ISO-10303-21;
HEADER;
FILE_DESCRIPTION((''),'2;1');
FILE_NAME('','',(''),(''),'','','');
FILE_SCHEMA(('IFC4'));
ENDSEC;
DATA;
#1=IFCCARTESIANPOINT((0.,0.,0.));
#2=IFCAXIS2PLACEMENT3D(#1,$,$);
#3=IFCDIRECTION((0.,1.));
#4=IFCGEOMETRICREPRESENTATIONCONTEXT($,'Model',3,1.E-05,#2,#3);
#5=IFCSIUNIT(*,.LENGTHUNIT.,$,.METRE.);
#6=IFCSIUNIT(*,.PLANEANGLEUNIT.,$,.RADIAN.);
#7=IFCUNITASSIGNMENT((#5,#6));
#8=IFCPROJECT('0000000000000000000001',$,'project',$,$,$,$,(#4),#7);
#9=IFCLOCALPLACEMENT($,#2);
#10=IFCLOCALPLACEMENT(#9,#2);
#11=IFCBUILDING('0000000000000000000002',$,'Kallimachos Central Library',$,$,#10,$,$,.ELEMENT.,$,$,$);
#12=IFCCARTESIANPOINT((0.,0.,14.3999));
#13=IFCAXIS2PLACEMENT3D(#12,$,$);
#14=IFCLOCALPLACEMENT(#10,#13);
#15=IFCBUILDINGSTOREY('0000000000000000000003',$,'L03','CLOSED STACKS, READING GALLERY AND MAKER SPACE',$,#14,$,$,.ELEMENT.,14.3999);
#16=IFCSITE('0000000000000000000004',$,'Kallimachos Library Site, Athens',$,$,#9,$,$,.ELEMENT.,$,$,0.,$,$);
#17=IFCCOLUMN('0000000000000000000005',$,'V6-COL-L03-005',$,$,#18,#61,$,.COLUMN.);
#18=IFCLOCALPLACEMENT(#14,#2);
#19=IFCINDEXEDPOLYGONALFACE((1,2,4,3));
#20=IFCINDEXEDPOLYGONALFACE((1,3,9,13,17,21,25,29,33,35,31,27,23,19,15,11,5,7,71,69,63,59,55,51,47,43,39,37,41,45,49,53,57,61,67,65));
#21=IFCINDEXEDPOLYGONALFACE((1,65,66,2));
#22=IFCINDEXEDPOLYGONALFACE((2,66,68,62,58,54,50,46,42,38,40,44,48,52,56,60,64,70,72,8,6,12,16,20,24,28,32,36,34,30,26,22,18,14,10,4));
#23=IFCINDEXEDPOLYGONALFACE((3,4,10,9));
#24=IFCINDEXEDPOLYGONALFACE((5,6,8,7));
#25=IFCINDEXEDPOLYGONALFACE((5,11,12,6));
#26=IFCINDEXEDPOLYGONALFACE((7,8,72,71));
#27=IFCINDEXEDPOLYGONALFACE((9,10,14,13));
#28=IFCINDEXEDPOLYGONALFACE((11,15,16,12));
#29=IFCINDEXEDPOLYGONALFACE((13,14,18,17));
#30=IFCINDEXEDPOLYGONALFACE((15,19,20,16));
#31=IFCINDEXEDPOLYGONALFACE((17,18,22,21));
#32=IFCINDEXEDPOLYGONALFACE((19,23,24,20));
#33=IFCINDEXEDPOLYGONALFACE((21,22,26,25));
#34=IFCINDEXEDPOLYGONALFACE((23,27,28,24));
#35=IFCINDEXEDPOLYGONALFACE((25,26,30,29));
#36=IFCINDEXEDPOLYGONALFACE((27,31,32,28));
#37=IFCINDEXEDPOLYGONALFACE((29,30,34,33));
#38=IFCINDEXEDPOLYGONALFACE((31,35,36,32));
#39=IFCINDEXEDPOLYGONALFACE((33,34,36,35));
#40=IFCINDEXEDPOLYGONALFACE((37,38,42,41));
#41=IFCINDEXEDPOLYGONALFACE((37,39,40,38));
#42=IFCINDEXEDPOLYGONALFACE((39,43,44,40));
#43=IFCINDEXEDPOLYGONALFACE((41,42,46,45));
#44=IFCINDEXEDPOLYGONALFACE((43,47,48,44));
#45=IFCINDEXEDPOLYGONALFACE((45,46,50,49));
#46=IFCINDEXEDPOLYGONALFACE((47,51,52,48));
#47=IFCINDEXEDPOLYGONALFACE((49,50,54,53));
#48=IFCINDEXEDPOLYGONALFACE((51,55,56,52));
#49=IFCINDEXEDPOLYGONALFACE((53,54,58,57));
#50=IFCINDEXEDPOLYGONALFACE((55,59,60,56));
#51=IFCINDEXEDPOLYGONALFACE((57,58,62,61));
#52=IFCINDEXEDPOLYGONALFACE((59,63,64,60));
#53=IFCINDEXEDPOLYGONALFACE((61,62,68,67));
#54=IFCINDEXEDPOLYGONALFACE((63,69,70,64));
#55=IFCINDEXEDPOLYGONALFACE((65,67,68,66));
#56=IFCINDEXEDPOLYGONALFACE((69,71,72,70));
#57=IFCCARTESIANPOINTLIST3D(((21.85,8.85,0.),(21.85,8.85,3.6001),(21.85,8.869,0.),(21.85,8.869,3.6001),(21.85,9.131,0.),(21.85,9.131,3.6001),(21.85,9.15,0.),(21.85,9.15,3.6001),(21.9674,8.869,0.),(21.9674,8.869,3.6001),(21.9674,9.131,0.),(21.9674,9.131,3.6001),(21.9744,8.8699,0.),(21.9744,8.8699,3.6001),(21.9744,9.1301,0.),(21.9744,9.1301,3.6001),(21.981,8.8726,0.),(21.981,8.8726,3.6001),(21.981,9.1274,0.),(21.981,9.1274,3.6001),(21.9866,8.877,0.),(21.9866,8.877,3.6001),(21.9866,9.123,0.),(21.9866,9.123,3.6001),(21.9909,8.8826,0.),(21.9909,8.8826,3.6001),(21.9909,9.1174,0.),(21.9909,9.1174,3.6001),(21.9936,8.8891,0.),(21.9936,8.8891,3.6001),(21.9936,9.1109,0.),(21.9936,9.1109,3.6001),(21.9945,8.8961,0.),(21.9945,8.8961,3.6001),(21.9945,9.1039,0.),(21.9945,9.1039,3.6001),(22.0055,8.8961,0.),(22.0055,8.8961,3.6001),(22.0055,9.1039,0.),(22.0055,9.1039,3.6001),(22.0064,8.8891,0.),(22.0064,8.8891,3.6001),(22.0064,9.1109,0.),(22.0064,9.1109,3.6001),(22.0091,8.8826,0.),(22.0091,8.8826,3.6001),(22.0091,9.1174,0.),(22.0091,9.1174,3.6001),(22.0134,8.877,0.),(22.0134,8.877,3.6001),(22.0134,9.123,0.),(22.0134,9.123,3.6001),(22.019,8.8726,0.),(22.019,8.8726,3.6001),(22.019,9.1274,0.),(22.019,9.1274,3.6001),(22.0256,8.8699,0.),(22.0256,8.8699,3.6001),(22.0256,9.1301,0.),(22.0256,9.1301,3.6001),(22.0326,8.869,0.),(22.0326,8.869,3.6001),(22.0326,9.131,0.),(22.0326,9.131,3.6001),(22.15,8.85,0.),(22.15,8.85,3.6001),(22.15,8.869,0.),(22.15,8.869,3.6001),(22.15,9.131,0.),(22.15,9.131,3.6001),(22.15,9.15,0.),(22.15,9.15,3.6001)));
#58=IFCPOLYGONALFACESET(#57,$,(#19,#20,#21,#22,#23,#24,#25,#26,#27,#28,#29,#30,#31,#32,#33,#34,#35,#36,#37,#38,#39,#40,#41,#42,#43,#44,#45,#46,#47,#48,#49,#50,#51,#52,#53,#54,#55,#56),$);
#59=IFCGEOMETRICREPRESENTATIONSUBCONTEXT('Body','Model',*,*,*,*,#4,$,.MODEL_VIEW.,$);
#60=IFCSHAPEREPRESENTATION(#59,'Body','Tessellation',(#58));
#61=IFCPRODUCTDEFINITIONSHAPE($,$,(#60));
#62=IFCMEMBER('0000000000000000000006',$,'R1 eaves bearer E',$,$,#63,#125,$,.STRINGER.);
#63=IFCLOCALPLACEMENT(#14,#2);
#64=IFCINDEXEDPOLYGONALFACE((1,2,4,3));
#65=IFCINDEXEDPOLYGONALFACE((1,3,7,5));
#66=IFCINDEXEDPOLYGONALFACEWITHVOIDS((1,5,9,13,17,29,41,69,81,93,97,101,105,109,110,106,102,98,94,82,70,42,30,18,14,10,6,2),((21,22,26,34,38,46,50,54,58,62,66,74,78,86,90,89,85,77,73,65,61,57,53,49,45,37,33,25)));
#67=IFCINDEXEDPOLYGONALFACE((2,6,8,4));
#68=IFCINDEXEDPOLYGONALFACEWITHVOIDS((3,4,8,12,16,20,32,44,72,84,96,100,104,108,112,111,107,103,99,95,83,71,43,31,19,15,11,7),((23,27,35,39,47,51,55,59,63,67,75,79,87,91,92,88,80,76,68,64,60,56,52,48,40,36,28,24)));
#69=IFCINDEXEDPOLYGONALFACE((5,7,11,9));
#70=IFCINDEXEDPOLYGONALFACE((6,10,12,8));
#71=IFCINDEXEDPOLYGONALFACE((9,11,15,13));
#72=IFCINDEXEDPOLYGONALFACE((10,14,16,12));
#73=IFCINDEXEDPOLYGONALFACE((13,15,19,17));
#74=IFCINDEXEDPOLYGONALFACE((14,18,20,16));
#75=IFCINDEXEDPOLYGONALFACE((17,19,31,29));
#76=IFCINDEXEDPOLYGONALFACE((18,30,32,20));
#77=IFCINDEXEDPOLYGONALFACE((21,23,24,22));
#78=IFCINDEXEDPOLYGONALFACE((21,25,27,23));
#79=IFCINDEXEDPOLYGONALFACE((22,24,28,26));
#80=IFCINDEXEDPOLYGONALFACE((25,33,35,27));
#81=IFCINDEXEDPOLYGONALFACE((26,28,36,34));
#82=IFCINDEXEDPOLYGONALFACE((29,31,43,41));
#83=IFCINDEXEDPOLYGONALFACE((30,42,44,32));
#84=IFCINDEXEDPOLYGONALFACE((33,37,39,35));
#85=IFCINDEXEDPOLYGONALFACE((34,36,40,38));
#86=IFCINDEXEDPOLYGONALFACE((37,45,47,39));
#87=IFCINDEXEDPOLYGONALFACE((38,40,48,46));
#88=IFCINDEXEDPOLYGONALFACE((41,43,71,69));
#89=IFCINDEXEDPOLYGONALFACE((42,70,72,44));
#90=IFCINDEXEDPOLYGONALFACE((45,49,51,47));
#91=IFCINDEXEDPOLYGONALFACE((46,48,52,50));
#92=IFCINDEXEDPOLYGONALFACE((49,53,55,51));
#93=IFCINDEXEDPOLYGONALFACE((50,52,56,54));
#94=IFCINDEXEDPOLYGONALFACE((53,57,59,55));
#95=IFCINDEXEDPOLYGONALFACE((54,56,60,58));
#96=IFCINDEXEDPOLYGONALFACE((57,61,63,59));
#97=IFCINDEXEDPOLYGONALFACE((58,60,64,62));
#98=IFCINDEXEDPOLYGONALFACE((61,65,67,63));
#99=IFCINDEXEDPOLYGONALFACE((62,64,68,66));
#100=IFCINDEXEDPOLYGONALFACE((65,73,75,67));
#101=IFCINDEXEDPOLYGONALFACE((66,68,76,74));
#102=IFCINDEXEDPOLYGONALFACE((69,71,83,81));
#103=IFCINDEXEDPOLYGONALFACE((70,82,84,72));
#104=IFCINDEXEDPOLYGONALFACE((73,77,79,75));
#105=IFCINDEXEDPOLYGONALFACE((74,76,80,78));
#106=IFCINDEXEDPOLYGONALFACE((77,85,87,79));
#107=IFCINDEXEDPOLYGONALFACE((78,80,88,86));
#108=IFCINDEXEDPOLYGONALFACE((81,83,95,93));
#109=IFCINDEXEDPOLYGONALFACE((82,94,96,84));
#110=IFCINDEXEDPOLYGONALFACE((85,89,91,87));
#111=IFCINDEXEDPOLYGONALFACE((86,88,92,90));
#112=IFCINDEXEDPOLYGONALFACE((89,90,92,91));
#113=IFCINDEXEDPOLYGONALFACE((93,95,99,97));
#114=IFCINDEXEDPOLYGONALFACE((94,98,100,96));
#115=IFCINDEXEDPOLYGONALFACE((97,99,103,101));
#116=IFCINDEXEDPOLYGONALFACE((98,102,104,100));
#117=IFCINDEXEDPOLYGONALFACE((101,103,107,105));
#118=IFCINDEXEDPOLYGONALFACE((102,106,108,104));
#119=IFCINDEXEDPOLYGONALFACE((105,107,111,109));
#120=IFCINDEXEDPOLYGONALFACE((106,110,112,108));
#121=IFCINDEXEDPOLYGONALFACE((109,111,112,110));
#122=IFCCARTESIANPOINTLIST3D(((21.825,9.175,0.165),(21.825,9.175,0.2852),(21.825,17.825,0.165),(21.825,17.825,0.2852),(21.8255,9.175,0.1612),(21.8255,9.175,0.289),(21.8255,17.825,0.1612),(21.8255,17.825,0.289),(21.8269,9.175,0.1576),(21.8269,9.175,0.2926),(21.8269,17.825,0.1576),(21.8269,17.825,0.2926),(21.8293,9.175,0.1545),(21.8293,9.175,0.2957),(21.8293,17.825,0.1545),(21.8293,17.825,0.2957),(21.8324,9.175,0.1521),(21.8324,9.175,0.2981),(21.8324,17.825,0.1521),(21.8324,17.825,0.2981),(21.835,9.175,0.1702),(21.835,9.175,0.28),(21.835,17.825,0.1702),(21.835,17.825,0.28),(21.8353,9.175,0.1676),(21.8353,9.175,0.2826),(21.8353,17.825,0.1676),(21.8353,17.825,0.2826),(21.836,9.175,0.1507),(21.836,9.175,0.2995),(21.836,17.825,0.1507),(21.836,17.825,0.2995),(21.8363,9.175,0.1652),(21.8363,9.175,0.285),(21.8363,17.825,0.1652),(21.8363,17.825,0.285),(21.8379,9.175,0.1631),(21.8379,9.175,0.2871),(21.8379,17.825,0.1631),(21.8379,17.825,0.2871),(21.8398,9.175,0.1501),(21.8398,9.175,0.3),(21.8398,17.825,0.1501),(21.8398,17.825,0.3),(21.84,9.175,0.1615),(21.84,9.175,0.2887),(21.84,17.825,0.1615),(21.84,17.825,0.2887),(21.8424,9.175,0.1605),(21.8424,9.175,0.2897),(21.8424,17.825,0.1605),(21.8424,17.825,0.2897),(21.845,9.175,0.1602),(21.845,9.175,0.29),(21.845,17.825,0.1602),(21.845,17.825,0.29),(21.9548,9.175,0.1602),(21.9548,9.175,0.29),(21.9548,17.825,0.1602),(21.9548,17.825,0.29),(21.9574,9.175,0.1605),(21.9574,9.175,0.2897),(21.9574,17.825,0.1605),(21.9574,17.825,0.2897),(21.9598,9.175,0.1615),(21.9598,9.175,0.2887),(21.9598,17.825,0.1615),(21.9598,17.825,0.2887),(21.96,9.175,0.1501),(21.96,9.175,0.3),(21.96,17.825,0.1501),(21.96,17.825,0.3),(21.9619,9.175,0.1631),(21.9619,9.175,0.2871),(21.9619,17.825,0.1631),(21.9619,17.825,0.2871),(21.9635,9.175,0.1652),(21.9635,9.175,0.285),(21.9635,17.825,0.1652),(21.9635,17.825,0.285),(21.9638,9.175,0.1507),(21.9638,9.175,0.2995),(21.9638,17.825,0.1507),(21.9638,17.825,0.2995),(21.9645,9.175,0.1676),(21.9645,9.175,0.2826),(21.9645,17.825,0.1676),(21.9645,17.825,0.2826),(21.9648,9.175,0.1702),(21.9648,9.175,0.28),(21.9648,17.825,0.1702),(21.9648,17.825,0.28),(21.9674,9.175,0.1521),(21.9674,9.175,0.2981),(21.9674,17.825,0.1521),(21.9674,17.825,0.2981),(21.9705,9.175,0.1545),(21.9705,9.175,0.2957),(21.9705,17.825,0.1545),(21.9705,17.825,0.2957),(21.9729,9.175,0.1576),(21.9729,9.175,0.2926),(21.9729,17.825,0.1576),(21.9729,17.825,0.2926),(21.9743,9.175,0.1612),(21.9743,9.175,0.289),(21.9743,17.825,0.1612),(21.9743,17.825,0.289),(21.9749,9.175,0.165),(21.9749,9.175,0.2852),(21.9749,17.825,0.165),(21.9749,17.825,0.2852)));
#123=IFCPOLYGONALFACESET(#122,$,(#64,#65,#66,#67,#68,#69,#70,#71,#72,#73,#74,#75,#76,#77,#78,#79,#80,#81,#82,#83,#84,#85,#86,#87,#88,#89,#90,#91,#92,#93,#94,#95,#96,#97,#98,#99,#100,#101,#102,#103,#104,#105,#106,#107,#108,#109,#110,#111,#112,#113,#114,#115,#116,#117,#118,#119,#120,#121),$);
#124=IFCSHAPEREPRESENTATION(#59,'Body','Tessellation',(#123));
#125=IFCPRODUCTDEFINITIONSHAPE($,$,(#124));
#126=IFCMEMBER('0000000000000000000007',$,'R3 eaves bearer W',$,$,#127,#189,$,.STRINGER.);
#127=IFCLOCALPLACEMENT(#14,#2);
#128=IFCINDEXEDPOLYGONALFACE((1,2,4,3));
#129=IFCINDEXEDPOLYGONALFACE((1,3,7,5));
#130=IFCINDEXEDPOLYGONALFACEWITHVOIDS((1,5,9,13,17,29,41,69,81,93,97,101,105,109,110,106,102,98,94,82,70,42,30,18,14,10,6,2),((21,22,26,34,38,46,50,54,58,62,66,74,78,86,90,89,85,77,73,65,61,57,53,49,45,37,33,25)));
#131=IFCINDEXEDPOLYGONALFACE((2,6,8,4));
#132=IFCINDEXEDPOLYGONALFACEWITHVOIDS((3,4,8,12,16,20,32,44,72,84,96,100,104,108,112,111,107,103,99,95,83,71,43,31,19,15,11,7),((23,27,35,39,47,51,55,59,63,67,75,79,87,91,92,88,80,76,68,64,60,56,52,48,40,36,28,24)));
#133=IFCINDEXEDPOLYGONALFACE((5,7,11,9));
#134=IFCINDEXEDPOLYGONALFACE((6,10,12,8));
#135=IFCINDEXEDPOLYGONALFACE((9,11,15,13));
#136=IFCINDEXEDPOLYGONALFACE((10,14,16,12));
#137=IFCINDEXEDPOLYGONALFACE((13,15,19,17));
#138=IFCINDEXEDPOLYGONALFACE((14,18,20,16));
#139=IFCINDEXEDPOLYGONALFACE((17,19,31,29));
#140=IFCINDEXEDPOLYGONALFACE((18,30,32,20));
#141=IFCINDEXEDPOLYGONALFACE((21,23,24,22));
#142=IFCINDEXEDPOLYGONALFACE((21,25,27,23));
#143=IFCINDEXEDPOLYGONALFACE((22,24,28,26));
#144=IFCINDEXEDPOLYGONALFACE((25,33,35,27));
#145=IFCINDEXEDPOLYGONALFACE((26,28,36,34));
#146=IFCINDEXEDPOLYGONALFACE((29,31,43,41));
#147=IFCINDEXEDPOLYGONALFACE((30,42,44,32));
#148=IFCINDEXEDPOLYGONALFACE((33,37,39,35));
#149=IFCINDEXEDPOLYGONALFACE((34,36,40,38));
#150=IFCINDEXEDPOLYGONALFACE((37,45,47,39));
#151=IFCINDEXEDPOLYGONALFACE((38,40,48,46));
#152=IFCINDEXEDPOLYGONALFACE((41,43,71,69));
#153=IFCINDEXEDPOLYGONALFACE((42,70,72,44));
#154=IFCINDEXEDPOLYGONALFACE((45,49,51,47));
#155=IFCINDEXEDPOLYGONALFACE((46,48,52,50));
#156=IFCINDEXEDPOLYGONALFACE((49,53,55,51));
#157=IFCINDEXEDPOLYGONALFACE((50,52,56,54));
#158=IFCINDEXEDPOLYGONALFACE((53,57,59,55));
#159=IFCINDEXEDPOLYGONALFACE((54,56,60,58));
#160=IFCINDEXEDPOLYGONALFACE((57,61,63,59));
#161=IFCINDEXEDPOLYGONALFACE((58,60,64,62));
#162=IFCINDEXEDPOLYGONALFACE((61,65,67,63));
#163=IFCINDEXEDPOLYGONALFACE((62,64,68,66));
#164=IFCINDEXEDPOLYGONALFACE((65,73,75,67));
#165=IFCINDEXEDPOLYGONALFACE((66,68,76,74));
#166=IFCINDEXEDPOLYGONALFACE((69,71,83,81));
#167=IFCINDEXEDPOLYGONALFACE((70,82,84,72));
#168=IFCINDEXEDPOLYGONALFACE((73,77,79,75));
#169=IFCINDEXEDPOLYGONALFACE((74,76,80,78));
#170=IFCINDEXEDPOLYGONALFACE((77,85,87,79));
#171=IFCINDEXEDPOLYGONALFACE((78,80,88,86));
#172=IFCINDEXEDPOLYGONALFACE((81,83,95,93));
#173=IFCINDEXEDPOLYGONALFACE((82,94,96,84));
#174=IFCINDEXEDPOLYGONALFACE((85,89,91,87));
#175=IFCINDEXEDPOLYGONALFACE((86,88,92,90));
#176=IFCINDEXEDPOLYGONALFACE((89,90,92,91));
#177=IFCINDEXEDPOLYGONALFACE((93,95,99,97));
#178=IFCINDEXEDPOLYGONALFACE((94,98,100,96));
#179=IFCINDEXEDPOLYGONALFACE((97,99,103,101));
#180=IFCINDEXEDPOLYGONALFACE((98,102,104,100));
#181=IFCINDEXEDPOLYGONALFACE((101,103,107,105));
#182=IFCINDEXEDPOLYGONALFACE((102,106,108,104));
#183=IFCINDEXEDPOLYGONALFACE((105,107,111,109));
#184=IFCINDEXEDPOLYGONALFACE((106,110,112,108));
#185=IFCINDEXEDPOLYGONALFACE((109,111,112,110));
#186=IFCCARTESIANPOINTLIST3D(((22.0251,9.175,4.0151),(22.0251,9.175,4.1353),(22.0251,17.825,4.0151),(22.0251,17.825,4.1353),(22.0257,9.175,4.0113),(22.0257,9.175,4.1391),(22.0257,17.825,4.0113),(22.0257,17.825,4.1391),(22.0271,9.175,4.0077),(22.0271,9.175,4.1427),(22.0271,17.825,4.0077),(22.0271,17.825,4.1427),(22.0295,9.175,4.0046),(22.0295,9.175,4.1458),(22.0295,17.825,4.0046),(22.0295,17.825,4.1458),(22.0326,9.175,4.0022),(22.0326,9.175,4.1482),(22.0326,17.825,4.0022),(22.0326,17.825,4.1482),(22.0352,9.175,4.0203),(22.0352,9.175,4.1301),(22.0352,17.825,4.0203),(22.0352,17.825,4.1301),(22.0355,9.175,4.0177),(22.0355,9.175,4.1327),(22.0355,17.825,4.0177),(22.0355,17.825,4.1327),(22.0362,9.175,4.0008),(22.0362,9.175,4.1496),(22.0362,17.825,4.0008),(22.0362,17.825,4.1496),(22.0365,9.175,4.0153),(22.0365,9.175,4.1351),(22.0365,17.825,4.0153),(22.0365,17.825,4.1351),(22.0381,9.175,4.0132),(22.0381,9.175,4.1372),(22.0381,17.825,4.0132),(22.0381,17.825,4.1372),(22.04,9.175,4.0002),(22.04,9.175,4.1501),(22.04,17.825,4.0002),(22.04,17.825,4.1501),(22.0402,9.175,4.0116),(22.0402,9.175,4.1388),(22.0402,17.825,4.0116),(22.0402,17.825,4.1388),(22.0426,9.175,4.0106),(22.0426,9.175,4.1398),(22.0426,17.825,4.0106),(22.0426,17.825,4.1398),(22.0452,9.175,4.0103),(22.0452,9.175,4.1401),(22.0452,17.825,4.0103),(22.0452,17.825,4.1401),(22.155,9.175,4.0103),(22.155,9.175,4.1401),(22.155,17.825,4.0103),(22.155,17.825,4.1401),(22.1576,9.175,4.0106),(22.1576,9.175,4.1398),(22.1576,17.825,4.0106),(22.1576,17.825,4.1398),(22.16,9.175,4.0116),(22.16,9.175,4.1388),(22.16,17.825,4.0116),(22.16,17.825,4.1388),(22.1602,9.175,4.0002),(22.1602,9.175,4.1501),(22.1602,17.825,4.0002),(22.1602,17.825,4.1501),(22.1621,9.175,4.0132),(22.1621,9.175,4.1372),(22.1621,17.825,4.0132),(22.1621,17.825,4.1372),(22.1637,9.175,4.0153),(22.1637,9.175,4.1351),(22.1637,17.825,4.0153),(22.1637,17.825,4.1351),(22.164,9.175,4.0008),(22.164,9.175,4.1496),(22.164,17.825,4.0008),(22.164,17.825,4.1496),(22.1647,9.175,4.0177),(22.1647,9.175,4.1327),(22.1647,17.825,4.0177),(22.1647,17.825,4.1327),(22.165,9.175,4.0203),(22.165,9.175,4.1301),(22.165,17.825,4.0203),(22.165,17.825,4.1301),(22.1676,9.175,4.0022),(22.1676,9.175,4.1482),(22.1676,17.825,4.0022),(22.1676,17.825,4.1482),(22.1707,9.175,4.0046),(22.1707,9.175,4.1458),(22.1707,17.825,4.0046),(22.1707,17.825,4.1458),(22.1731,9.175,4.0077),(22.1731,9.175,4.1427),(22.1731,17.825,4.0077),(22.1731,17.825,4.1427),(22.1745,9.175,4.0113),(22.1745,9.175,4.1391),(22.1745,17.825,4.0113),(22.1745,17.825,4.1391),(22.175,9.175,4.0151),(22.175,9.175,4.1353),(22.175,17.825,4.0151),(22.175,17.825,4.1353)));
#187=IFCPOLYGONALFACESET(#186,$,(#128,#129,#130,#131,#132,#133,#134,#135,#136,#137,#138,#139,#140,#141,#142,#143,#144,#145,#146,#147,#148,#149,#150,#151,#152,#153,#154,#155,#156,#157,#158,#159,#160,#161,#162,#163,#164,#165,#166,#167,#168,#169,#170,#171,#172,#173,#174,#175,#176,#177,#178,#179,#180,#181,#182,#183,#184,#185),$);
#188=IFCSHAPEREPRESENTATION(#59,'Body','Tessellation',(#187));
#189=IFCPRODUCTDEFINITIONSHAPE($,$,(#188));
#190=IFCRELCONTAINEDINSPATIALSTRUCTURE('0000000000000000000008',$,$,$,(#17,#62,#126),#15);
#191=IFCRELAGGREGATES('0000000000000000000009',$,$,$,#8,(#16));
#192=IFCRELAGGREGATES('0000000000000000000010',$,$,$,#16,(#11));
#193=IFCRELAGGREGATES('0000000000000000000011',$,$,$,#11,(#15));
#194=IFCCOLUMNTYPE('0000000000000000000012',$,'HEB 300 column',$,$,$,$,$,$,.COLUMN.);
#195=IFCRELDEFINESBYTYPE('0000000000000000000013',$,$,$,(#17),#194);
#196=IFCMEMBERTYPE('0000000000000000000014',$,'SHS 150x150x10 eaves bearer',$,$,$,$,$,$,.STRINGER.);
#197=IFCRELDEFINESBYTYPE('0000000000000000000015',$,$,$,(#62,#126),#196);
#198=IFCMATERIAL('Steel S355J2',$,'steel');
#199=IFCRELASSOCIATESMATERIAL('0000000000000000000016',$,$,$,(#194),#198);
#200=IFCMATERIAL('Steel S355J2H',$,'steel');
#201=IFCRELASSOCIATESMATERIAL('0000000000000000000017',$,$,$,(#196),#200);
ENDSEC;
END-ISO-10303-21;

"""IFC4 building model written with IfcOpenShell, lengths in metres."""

from ifc_helpers import new_model, si_unit, direction, frame, origin, origin_2d, place, context, subcontext, project, spatial, hollow_rectangle, i_section, extrude, material, material_profile, profile_set, type_object, element, save


model = new_model("IFC4")

# Units and contexts
model_context = context("Model", 3, precision=1e-05, world=origin(), true_north=direction((0.0, 1.0)))
body_context = subcontext(model_context, "Body", "Model", "MODEL_VIEW")
ifc_project = project(units=[si_unit("LENGTHUNIT", "METRE"), si_unit("PLANEANGLEUNIT", "RADIAN")], contexts=[model_context])

# Site, building, storey
site_placement = place(None, origin())
site = spatial("IfcSite", under=ifc_project, at=site_placement, Name="Kallimachos Library Site, Athens", CompositionType="ELEMENT", RefElevation=0.0)
building_placement = place(site_placement, origin())
building = spatial("IfcBuilding", under=site, at=building_placement, Name="Kallimachos Central Library", CompositionType="ELEMENT")
storey_placement = place(building_placement, frame((0.0, 0.0, 14.3999)))
storey = spatial("IfcBuildingStorey", under=building, at=storey_placement, Name="L03", Description="CLOSED STACKS, READING GALLERY AND MAKER SPACE", CompositionType="ELEMENT", Elevation=14.3999)

# Column
ifc_material_1 = material(Name="Steel S355J2", Category="steel")
ifc_material_profile_1 = material_profile(ifc_material_1, i_section(OverallWidth=0.3, OverallDepth=0.3, WebThickness=0.011, FlangeThickness=0.019, FilletRadius=0.0271, at=origin_2d()), Name="HEB 300")
ifc_profile_set_1 = profile_set([ifc_material_profile_1], Name="Steel S355J2")
column_type = type_object("IfcColumnType", Name="HEB 300 column", PredefinedType="COLUMN", material=ifc_profile_set_1)
column_placement = place(storey_placement, frame((22.0, 9.0, 0.0), z_axis=(0.0, 0.0, 1.0), x_axis=(1.0, 0.0, 0.0)))
element("IfcColumn", 1, at=column_placement, inside=storey, type_object=column_type, Name="V6-COL-L03-005", PredefinedType="COLUMN", context=body_context, shape_type="SweptSolid", body=[
    extrude(i_section(OverallWidth=0.3, OverallDepth=0.3, WebThickness=0.011, FlangeThickness=0.019, FilletRadius=0.0271, at=origin_2d()), origin(), (0.0, 0.0, 1.0), 3.6001),
])

# Members
ifc_material_2 = material(Name="Steel S355J2H", Category="steel")
ifc_material_profile_2 = material_profile(ifc_material_2, hollow_rectangle(XDim=0.1499, YDim=0.1499, WallThickness=0.01, InnerFilletRadius=0.01, OuterFilletRadius=0.0149, at=origin_2d()), Name="SHS 150x150x10")
ifc_profile_set_2 = profile_set([ifc_material_profile_2], Name="Steel S355J2H")
member_type_1 = type_object("IfcMemberType", Name="SHS 150x150x10 eaves bearer", PredefinedType="STRINGER", material=ifc_profile_set_2)
for number, where, z_axis, x_axis, name in (
    (2, (21.8999, 9.175, 0.2251), (0.0, 1.0, 0.0), (-1.0, 0.0, 0.0), "R1 eaves bearer E"),
    (3, (22.1001, 9.175, 4.0752), (0.0, 1.0, 0.0), (-1.0, 0.0, 0.0), "R3 eaves bearer W"),
):
    element("IfcMember", number, at=place(storey_placement, frame(where, z_axis=z_axis, x_axis=x_axis)), inside=storey, type_object=member_type_1, Name=name, PredefinedType="STRINGER", context=body_context, shape_type="SweptSolid", body=[
        extrude(hollow_rectangle(XDim=0.1499, YDim=0.1499, WallThickness=0.01, InnerFilletRadius=0.01, OuterFilletRadius=0.0149, at=origin_2d()), origin(), (0.0, 0.0, 1.0), 8.6499),
    ])

save(model, "model.ifc")
